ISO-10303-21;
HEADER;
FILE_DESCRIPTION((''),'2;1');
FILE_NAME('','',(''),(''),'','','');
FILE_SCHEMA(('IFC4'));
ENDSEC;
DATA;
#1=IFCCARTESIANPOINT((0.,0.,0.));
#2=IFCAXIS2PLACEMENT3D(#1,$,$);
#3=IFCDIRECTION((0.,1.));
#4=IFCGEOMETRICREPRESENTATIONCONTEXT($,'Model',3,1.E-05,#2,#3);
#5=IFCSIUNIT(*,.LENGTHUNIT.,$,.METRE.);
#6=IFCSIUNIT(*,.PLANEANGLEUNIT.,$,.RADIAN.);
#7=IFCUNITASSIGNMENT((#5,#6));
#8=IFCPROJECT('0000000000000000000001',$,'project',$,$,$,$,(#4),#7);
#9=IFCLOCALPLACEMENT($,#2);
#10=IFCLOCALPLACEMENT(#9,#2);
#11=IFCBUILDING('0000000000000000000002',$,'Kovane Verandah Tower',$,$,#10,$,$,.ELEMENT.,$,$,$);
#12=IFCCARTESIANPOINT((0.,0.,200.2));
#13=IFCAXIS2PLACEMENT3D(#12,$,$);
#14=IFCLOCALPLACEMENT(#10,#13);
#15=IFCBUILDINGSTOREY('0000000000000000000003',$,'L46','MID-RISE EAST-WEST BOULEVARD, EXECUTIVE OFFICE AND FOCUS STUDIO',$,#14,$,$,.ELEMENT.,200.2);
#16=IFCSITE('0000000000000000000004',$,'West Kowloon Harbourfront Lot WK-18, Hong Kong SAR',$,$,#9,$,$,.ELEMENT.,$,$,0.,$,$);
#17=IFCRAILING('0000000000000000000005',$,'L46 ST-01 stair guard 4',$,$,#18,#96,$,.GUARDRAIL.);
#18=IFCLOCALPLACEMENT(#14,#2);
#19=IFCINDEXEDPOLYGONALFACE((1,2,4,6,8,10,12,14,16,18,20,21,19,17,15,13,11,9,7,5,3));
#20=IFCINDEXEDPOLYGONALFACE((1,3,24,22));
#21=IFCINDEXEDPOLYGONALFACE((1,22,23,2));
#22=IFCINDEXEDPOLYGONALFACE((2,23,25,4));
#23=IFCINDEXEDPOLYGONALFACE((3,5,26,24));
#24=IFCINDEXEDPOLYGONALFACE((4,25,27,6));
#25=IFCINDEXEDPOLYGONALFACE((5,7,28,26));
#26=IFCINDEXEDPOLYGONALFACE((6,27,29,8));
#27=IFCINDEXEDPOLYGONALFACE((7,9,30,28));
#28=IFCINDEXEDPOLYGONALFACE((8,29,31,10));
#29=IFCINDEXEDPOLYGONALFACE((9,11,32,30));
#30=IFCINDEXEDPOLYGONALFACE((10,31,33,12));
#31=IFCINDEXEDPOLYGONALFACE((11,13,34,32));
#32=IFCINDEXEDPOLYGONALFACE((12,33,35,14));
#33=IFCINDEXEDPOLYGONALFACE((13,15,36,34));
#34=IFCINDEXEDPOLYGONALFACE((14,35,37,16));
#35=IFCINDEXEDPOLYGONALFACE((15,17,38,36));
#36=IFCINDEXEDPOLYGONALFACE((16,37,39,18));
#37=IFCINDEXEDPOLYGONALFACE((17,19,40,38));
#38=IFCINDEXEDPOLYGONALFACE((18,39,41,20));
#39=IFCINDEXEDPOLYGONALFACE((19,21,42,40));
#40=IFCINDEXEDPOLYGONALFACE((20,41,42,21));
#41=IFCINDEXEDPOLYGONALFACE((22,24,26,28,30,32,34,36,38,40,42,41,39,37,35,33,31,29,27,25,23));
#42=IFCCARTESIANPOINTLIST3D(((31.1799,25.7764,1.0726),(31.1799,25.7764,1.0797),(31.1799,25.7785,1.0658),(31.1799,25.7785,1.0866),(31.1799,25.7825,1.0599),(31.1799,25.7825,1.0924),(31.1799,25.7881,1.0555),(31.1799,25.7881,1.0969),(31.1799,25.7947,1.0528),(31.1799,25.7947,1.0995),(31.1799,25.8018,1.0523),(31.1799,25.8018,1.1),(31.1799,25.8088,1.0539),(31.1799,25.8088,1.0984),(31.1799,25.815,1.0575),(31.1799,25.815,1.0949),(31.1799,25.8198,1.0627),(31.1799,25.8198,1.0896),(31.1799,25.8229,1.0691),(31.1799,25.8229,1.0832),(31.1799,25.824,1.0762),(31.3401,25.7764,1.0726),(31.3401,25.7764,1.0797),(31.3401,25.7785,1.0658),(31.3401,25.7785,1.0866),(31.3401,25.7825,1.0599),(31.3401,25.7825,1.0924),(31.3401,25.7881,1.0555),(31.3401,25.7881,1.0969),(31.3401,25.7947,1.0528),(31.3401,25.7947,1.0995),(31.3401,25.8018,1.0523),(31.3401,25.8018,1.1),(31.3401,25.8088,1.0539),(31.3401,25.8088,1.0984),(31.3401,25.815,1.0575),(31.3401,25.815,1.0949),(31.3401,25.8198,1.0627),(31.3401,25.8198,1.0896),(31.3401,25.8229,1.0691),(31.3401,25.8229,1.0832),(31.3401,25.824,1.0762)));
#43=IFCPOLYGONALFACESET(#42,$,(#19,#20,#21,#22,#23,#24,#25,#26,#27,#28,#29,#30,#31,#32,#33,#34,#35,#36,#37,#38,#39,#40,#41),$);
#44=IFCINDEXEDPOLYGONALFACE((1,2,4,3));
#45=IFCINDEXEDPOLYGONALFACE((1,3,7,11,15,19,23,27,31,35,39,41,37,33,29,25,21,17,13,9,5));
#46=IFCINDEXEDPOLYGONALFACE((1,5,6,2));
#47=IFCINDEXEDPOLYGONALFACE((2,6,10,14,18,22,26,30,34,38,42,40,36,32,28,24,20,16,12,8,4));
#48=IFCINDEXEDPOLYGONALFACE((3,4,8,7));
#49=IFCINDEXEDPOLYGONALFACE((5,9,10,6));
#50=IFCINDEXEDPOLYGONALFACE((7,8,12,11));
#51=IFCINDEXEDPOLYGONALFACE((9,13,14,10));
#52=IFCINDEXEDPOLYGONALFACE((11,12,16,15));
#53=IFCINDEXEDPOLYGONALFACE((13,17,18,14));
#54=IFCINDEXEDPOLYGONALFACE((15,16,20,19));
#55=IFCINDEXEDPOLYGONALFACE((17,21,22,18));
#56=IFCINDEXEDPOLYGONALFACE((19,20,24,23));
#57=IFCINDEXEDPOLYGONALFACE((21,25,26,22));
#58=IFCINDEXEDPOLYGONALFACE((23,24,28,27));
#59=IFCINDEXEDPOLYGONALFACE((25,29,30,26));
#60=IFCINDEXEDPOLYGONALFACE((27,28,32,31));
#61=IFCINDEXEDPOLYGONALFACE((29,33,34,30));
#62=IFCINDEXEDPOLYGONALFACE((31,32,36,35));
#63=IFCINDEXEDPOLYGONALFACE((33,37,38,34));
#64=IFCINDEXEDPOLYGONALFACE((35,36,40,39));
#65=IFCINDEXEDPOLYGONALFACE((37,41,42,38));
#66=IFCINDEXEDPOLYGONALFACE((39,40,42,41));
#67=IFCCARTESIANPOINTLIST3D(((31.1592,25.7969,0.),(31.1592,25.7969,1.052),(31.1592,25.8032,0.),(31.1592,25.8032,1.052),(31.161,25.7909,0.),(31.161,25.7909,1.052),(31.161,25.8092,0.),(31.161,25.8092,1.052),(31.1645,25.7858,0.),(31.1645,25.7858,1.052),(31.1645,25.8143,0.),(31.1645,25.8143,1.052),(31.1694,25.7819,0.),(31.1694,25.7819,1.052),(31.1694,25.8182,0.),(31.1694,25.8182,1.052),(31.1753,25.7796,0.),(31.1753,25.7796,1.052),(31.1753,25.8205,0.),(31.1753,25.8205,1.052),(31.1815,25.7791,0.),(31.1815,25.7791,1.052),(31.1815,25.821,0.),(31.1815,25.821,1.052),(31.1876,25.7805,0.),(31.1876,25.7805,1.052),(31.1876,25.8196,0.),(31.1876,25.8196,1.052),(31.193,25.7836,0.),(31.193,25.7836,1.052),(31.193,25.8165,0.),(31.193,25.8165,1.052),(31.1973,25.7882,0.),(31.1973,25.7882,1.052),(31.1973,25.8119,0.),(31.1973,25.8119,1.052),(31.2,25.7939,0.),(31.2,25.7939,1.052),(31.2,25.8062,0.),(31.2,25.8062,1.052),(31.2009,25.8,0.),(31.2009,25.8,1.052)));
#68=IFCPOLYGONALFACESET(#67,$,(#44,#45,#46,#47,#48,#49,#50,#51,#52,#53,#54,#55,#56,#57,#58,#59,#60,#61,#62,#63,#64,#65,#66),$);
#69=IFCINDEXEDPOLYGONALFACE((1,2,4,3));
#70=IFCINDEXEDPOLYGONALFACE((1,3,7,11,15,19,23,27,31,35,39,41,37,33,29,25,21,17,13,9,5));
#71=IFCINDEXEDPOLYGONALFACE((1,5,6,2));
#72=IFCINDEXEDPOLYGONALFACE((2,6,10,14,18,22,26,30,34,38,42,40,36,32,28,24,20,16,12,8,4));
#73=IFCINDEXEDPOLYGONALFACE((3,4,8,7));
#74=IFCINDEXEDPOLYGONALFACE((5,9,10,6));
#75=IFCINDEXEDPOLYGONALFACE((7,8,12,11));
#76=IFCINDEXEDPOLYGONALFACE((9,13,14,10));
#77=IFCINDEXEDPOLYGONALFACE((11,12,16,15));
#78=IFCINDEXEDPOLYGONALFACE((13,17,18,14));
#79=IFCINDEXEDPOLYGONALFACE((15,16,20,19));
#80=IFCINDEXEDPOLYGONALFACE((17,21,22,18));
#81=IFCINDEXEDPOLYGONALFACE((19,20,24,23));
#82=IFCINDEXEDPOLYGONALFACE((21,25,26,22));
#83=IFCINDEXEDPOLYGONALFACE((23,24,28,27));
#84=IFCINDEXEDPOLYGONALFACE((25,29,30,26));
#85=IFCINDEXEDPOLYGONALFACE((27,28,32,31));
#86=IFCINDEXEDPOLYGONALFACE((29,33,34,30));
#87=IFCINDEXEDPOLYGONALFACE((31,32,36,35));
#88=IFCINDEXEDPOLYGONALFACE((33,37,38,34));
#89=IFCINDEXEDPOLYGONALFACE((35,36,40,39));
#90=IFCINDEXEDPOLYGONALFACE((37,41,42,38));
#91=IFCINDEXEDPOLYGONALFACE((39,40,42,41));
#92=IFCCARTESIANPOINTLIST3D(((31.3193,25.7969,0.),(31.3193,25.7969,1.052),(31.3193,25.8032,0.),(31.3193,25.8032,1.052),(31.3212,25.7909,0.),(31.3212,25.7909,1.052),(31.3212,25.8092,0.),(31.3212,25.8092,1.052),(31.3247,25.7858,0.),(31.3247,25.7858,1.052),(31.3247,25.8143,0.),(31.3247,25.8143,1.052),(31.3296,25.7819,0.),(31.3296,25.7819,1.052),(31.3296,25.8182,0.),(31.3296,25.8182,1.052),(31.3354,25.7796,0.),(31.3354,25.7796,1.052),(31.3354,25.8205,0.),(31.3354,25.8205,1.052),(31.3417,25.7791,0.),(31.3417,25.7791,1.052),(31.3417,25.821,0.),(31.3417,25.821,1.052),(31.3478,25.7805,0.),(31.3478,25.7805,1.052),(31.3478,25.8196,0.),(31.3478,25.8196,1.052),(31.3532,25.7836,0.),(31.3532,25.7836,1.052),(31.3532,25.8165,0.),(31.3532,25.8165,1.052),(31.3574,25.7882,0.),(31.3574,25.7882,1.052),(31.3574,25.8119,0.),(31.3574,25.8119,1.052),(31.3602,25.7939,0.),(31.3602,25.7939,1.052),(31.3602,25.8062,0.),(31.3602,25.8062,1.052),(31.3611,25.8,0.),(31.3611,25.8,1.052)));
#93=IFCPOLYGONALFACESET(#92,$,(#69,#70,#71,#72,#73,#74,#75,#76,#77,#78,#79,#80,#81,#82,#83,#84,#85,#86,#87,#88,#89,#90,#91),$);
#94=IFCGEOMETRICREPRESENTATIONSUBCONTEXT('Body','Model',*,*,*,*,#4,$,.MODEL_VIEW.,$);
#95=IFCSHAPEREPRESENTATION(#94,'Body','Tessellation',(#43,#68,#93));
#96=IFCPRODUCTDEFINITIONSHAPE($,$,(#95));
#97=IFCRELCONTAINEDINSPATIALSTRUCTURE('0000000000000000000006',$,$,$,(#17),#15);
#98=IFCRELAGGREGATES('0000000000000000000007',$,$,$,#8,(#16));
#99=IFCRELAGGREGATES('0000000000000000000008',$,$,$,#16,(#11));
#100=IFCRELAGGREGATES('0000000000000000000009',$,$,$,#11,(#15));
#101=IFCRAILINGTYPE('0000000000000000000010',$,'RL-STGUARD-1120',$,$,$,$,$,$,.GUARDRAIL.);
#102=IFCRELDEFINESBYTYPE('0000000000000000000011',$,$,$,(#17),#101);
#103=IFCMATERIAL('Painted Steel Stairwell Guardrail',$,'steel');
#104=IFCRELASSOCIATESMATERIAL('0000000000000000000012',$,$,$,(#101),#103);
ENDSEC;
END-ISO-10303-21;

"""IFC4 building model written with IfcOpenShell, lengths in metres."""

from ifc_helpers import new_model, si_unit, direction, frame, origin, origin_2d, place, context, subcontext, project, spatial, circle, extrude, material, type_object, element, save


model = new_model("IFC4")

# Units and contexts
model_context = context("Model", 3, precision=1e-05, world=origin(), true_north=direction((0.0, 1.0)))
body_context = subcontext(model_context, "Body", "Model", "MODEL_VIEW")
ifc_project = project(units=[si_unit("LENGTHUNIT", "METRE"), si_unit("PLANEANGLEUNIT", "RADIAN")], contexts=[model_context])

# Site, building, storey
site_placement = place(None, origin())
site = spatial("IfcSite", under=ifc_project, at=site_placement, Name="West Kowloon Harbourfront Lot WK-18, Hong Kong SAR", CompositionType="ELEMENT", RefElevation=0.0)
building_placement = place(site_placement, origin())
building = spatial("IfcBuilding", under=site, at=building_placement, Name="Kovane Verandah Tower", CompositionType="ELEMENT")
storey_placement = place(building_placement, frame((0.0, 0.0, 200.2)))
storey = spatial("IfcBuildingStorey", under=building, at=storey_placement, Name="L46", Description="MID-RISE EAST-WEST BOULEVARD, EXECUTIVE OFFICE AND FOCUS STUDIO", CompositionType="ELEMENT", Elevation=200.2)

# Railing
ifc_material_1 = material(Name="Painted Steel Stairwell Guardrail", Category="steel")
railing_type_1 = type_object("IfcRailingType", Name="RL-STGUARD-1120", PredefinedType="GUARDRAIL", material=ifc_material_1)
railing_1_placement = place(storey_placement, frame((31.1799, 25.8, 0.0)))
element("IfcRailing", 1, at=railing_1_placement, inside=storey, type_object=railing_type_1, Name="L46 ST-01 stair guard 4", PredefinedType="GUARDRAIL", context=body_context, shape_type="SweptSolid", body=[
    extrude(circle(Radius=0.0239, at=origin_2d()), frame((0.0, 0.0, 1.0762), z_axis=(1.0, 0.0, 0.0), x_axis=(0.0, 1.0, 0.0)), (0.0, 0.0, 1.0), 0.1602),
    extrude(circle(Radius=0.021, at=origin_2d()), origin(), (0.0, 0.0, 1.0), 1.052),
    extrude(circle(Radius=0.021, at=origin_2d()), frame((0.1602, 0.0, 0.0)), (0.0, 0.0, 1.0), 1.052),
])

save(model, "model.ifc")
